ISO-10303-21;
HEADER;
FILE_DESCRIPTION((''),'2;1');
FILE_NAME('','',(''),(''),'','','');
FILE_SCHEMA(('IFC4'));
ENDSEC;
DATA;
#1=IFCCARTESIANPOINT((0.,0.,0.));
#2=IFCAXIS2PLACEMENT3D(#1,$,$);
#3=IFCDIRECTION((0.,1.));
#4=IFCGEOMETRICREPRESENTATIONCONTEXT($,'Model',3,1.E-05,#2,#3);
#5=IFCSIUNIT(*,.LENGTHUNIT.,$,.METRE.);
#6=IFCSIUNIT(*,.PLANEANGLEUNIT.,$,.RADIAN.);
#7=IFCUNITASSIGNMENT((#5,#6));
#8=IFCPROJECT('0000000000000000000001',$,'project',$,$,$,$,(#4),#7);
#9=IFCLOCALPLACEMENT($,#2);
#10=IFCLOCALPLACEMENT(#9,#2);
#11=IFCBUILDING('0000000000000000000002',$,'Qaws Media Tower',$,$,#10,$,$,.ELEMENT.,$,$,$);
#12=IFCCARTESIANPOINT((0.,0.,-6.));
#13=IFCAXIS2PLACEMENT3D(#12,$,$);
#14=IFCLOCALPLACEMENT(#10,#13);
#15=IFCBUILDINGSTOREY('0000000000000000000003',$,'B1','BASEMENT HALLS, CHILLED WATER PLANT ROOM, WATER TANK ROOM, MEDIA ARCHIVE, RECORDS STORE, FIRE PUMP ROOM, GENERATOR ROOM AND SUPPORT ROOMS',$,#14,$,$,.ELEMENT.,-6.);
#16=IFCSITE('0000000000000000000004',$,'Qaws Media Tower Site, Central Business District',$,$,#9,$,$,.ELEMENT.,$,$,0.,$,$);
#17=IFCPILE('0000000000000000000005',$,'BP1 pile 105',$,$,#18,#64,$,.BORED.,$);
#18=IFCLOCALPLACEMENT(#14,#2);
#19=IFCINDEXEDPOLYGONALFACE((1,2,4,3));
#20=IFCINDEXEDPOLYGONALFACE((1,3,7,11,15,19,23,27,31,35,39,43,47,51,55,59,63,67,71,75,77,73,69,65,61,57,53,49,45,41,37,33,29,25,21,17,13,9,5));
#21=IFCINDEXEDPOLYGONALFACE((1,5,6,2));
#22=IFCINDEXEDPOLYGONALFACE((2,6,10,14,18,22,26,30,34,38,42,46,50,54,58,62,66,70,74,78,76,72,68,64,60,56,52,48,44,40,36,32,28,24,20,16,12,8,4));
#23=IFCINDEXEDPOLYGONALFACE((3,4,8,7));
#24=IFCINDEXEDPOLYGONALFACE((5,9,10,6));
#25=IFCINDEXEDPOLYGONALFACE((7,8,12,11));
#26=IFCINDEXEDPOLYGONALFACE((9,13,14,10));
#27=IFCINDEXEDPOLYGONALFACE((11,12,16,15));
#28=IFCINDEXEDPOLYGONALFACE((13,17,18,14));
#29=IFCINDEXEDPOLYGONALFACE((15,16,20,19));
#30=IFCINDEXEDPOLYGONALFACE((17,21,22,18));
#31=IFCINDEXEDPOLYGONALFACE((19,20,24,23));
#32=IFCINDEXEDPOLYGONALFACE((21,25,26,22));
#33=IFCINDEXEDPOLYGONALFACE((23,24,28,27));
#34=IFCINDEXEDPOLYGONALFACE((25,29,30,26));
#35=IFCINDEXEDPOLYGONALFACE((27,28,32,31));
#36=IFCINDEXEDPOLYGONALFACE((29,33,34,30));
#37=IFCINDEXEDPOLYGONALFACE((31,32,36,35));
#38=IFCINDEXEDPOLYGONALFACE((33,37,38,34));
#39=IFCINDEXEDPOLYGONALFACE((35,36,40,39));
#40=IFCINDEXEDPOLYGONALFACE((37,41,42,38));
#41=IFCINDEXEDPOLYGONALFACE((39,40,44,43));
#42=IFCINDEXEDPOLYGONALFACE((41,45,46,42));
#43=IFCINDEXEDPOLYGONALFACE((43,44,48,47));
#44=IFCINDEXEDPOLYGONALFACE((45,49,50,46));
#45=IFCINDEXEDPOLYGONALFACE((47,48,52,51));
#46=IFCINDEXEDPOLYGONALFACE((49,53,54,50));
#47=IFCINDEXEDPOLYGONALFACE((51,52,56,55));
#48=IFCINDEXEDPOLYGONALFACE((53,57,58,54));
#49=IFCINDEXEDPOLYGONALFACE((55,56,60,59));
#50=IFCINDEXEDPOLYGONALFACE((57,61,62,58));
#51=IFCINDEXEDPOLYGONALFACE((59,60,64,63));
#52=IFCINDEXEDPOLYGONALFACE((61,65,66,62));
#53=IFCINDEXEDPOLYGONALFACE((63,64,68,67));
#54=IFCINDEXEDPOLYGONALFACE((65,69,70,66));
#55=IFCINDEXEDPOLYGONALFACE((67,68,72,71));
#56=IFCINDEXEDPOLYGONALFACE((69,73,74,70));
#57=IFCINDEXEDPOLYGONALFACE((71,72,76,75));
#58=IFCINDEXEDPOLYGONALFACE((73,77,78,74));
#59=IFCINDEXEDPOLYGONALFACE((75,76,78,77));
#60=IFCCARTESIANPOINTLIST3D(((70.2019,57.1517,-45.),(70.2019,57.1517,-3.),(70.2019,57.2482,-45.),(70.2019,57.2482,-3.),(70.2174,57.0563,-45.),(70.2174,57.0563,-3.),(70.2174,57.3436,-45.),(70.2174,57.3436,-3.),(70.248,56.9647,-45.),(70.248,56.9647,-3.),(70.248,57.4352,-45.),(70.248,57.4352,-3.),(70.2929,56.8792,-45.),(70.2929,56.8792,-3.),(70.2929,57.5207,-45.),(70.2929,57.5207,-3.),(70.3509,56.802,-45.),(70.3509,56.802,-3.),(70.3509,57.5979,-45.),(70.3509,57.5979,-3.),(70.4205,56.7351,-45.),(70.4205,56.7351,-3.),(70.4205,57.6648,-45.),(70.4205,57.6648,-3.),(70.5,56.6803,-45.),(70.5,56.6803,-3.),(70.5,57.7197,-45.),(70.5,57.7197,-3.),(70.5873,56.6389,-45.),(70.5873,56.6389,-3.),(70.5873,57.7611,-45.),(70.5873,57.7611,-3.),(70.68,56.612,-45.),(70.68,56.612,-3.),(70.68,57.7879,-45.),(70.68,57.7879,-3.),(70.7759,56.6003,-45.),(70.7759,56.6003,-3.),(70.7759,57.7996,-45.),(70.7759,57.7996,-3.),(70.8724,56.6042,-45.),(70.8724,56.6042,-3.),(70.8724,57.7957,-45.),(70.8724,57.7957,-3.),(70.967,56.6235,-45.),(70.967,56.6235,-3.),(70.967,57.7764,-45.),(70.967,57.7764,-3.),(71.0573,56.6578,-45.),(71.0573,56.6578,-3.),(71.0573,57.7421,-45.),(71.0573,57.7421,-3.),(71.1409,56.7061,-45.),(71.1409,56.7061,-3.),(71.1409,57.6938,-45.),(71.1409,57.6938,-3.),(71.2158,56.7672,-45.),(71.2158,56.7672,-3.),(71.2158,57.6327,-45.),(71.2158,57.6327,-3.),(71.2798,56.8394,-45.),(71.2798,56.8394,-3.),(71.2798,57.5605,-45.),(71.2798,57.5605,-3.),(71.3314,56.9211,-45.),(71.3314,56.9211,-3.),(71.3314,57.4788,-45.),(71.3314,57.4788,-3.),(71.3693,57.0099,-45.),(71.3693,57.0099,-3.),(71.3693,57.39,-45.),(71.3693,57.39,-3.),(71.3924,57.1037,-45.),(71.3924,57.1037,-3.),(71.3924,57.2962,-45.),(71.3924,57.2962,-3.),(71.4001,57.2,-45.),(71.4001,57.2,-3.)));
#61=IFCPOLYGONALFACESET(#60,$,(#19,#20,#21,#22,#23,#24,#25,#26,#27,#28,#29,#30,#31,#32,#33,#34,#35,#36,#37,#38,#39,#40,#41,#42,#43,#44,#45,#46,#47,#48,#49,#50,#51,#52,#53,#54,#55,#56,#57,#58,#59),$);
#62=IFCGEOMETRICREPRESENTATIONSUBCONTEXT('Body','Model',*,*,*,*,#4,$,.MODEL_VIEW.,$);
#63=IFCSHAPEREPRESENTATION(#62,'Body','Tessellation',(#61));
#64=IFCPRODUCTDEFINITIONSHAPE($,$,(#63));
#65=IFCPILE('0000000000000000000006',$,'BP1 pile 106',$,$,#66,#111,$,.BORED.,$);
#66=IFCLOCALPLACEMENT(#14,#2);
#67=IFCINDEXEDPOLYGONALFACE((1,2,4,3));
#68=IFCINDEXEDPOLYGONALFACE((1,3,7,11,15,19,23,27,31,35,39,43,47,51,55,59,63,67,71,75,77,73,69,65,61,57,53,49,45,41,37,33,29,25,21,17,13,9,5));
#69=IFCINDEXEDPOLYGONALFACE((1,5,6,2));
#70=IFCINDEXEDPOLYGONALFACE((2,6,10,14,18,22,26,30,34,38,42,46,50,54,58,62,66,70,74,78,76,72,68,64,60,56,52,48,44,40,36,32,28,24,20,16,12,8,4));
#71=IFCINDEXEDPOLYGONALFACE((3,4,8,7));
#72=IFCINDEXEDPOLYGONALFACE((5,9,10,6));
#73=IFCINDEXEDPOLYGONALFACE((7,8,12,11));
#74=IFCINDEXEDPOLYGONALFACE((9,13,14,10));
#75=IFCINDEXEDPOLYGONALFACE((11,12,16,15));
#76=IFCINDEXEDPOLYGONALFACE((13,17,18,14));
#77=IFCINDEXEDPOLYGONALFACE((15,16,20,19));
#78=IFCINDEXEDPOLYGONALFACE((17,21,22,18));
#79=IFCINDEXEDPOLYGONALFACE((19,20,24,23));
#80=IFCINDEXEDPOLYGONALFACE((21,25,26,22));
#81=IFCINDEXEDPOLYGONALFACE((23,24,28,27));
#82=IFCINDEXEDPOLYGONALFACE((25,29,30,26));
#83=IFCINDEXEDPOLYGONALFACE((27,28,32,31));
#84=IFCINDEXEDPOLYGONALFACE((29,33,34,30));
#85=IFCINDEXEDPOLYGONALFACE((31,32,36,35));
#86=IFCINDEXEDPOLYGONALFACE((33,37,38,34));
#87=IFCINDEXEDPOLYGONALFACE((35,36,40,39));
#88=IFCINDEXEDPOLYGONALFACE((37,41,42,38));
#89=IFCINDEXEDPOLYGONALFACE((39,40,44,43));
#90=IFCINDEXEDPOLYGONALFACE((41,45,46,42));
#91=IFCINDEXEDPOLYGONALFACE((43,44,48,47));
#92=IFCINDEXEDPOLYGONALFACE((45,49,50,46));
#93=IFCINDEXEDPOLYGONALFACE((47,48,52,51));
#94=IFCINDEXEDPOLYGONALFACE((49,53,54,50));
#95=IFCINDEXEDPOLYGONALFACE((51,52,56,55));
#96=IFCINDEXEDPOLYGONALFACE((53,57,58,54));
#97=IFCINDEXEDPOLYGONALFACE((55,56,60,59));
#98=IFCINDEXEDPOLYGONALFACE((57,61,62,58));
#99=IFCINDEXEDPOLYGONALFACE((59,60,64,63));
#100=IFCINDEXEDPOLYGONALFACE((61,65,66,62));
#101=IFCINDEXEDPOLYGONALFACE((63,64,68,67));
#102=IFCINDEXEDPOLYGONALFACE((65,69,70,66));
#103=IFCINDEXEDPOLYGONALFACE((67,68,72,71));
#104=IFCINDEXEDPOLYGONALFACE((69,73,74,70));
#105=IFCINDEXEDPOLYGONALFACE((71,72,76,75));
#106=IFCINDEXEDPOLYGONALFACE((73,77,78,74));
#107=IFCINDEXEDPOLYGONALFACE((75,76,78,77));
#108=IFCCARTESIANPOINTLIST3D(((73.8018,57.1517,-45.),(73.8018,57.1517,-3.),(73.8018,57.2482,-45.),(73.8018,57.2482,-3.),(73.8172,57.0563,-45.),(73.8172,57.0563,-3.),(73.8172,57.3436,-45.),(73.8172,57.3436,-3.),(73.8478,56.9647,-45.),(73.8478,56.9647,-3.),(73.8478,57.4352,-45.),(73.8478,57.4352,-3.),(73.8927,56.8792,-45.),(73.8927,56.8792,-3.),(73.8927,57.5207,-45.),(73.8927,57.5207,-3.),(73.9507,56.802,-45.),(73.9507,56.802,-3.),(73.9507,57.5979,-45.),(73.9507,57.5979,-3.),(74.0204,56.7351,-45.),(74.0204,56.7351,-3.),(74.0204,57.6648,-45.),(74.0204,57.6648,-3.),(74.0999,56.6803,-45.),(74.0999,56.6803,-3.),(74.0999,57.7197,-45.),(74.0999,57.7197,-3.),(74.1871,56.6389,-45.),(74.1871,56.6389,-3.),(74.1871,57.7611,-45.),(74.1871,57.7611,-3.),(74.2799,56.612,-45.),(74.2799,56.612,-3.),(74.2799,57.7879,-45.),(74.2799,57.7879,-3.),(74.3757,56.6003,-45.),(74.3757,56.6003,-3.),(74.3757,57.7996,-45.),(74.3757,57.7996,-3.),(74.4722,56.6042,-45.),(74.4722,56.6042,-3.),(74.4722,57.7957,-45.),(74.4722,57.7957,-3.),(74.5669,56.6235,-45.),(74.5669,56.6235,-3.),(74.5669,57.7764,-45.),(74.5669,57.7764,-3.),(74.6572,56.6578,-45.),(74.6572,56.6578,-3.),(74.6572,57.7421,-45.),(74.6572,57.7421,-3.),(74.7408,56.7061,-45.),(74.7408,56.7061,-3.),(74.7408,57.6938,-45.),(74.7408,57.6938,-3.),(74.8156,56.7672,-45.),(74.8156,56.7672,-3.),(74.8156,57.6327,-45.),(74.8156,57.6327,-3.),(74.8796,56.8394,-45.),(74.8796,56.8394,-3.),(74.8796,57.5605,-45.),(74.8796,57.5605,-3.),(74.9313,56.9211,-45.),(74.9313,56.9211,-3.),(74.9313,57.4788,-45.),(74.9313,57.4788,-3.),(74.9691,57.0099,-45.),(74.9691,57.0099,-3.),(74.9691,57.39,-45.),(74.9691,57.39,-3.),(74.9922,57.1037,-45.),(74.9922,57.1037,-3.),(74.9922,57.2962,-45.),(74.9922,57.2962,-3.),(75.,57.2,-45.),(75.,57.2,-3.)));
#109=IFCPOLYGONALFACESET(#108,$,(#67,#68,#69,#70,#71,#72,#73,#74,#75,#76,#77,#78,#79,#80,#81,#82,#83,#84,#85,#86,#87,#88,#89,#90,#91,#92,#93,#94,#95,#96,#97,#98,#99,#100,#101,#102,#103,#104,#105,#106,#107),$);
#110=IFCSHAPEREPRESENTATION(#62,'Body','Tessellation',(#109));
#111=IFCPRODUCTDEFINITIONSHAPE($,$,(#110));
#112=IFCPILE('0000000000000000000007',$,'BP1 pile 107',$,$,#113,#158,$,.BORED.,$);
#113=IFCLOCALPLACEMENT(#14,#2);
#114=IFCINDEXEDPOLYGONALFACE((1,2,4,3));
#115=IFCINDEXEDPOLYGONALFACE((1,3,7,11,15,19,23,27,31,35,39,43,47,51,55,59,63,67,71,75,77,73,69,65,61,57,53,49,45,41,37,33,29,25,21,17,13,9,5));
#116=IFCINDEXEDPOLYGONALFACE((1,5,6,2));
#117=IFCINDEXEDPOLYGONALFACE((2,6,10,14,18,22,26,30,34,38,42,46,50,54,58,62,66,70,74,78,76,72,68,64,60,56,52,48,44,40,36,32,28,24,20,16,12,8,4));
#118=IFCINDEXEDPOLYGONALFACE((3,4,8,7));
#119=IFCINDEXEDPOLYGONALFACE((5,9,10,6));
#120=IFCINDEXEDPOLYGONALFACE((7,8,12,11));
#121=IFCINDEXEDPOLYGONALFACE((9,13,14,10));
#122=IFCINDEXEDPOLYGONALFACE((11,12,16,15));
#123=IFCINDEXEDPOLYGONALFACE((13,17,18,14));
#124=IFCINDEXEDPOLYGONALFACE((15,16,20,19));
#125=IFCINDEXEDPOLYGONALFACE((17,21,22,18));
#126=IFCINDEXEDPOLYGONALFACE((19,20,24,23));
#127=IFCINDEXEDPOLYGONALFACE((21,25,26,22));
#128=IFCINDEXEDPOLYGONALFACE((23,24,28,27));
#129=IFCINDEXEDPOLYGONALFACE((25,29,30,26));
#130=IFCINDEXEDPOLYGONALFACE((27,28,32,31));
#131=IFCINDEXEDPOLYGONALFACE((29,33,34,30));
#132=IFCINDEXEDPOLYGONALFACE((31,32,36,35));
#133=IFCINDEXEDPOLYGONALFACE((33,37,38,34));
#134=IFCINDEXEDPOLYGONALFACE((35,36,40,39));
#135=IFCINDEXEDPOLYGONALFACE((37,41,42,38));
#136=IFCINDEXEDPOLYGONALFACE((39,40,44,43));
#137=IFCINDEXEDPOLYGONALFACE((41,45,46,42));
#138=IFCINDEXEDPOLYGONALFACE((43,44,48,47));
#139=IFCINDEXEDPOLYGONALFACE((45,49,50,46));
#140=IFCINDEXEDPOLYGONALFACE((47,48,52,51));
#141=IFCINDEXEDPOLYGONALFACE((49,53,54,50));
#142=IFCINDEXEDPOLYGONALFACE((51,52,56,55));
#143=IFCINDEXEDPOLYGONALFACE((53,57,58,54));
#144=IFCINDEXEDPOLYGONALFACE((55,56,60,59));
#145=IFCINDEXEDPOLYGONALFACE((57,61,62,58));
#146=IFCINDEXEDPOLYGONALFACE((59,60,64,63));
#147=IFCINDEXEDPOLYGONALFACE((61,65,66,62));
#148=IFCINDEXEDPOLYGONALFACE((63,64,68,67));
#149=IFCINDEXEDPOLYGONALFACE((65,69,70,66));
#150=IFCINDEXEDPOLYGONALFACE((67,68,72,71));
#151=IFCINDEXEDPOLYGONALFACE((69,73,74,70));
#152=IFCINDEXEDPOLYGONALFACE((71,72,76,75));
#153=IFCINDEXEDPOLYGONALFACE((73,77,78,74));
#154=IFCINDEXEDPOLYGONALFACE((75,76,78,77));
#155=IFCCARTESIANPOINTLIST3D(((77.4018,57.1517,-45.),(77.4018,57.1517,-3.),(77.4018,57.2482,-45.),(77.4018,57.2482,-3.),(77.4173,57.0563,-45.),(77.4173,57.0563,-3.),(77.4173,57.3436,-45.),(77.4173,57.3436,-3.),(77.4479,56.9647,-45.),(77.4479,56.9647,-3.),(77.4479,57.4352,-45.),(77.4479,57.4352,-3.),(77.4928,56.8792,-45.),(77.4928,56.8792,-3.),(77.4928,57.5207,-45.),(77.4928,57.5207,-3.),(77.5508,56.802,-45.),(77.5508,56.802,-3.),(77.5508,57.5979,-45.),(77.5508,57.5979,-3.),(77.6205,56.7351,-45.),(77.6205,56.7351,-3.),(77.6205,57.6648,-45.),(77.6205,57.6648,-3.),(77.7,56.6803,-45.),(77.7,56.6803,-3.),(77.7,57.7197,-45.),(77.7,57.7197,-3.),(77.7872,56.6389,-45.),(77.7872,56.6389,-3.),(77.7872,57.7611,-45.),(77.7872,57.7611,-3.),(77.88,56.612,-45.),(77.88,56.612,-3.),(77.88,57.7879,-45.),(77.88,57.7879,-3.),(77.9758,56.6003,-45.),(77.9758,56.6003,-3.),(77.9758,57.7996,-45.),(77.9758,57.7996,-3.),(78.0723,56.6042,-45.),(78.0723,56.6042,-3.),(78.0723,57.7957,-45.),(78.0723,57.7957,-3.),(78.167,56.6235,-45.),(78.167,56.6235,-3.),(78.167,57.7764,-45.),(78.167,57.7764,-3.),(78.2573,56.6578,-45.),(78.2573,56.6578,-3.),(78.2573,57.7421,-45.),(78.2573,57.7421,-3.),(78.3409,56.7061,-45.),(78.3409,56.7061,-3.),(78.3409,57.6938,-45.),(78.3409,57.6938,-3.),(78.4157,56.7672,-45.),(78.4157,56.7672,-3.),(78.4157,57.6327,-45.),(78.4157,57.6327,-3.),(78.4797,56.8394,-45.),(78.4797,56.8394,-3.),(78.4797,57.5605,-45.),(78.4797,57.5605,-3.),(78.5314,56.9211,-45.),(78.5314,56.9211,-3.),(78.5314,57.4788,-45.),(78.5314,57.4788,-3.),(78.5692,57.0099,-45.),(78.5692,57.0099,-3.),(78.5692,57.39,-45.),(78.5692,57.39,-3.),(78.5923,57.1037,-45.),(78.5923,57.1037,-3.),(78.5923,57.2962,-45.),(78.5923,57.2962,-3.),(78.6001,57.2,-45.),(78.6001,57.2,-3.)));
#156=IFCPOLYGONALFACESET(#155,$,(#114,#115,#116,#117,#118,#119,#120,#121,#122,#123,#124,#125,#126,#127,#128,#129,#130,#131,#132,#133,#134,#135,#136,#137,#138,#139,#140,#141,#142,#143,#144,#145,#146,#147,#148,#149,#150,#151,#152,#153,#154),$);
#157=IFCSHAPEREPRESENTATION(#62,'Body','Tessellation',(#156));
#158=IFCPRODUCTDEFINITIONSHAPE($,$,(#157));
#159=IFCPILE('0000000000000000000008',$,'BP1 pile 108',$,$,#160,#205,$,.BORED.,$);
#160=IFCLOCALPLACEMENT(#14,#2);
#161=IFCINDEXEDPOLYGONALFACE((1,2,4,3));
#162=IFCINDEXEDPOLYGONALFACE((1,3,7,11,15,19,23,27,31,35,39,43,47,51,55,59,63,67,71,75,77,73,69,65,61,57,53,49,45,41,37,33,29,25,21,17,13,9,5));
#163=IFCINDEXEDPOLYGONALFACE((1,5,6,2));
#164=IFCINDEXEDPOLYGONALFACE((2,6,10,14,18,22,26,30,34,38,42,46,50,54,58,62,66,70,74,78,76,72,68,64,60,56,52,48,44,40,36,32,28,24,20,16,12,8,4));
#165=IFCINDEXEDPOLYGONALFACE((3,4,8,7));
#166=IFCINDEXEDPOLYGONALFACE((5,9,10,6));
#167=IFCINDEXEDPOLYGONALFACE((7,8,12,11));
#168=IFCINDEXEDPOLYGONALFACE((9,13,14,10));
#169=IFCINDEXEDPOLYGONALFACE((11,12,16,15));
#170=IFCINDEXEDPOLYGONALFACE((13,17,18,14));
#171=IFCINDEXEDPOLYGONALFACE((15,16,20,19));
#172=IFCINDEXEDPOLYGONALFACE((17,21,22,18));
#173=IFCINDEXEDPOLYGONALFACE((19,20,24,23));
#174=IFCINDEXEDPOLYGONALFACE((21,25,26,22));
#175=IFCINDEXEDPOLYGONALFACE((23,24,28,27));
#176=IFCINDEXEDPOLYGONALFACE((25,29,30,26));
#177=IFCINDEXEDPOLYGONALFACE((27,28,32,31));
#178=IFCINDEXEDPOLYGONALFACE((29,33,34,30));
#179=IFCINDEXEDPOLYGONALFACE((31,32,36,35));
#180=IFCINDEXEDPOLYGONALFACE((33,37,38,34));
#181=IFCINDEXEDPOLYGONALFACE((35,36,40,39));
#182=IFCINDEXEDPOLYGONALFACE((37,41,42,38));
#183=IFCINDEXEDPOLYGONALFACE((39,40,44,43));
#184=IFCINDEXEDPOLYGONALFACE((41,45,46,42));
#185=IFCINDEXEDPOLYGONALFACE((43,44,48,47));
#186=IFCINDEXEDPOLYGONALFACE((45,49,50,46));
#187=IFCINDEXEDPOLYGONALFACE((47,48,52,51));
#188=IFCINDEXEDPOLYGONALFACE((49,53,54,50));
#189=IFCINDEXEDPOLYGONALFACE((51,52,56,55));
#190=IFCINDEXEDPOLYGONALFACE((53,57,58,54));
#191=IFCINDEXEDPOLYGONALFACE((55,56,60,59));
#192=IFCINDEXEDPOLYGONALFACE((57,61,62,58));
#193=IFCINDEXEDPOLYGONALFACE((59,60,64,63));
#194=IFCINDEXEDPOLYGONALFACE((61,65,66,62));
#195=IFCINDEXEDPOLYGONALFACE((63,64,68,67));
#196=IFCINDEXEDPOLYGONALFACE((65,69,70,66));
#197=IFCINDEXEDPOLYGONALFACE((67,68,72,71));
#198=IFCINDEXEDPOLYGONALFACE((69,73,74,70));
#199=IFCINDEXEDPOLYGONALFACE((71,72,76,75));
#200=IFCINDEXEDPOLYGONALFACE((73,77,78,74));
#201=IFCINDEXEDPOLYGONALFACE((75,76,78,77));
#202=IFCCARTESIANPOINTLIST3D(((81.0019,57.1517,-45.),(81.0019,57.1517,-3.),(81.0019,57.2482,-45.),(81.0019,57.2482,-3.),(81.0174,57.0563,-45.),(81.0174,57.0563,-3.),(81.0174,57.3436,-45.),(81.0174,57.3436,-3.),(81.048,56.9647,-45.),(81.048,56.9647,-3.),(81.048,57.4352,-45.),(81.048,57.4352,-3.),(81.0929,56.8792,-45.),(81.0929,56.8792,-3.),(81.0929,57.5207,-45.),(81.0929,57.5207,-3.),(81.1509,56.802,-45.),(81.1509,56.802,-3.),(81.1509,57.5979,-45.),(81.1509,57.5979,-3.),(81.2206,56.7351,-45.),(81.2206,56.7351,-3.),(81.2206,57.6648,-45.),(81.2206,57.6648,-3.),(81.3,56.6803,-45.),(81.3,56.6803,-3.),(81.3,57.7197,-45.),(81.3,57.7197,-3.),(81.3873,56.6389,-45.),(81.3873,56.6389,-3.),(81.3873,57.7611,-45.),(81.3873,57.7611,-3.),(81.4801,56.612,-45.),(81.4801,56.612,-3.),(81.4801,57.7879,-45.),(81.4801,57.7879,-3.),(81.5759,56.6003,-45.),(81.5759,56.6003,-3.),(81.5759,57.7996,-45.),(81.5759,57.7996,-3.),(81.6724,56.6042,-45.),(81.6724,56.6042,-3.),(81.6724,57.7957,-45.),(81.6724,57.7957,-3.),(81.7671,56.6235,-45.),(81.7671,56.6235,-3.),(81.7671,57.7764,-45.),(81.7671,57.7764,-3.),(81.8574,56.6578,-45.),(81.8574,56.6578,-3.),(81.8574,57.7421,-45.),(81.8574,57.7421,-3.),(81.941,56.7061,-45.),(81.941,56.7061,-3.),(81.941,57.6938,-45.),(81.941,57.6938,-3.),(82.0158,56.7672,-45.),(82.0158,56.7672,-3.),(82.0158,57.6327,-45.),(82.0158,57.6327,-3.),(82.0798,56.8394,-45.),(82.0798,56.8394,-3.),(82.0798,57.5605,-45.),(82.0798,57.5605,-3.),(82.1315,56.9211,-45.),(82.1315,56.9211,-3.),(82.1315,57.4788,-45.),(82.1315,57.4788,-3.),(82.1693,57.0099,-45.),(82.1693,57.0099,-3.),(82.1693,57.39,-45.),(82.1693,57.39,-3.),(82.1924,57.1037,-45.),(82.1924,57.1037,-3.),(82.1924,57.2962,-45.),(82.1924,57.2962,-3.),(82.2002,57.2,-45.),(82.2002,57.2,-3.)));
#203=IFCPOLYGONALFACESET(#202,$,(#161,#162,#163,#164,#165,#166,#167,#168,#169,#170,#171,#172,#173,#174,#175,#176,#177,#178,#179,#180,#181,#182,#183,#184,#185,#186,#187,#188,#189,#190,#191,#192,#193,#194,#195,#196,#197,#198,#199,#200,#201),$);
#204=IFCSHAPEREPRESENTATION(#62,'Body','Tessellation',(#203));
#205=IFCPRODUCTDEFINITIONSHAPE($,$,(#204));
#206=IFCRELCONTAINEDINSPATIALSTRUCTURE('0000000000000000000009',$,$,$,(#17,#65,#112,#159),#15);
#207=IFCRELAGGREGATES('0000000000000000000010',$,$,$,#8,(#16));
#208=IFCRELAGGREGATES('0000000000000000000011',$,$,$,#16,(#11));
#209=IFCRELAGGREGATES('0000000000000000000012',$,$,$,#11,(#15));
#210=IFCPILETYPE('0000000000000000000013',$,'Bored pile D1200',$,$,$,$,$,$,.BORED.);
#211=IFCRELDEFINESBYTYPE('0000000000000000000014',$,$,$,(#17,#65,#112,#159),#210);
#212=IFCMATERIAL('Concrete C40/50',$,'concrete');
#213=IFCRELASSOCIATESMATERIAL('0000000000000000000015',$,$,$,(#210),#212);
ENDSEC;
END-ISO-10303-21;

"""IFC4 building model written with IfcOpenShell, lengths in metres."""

from ifc_helpers import new_model, si_unit, direction, frame, origin, origin_2d, place, context, subcontext, project, spatial, circle, extrude, material, material_profile, profile_set, type_object, element, save


model = new_model("IFC4")

# Units and contexts
model_context = context("Model", 3, precision=1e-05, world=origin(), true_north=direction((0.0, 1.0)))
body_context = subcontext(model_context, "Body", "Model", "MODEL_VIEW")
ifc_project = project(units=[si_unit("LENGTHUNIT", "METRE"), si_unit("PLANEANGLEUNIT", "RADIAN")], contexts=[model_context])

# Site, building, storey
site_placement = place(None, origin())
site = spatial("IfcSite", under=ifc_project, at=site_placement, Name="Qaws Media Tower Site, Central Business District", CompositionType="ELEMENT", RefElevation=0.0)
building_placement = place(site_placement, origin())
building = spatial("IfcBuilding", under=site, at=building_placement, Name="Qaws Media Tower", CompositionType="ELEMENT")
storey_placement = place(building_placement, frame((0.0, 0.0, -6.0)))
storey = spatial("IfcBuildingStorey", under=building, at=storey_placement, Name="B1", Description="BASEMENT HALLS, CHILLED WATER PLANT ROOM, WATER TANK ROOM, MEDIA ARCHIVE, RECORDS STORE, FIRE PUMP ROOM, GENERATOR ROOM AND SUPPORT ROOMS", CompositionType="ELEMENT", Elevation=-6.0)

# Piles
ifc_material_1 = material(Name="Concrete C40/50", Category="concrete")
ifc_material_profile_1 = material_profile(ifc_material_1, circle(Radius=0.6001, at=origin_2d()), Name="D1200")
ifc_profile_set_1 = profile_set([ifc_material_profile_1], Name="Concrete C40/50")
pile_type = type_object("IfcPileType", Name="Bored pile D1200", PredefinedType="BORED", material=ifc_profile_set_1)
for number, where, z_axis, x_axis, name in (
    (1, (70.8, 57.2, -3.0), (0.0, 0.0, -1.0), (1.0, 0.0, 0.0), "BP1 pile 105"),
    (2, (74.3999, 57.2, -3.0), (0.0, 0.0, -1.0), (1.0, 0.0, 0.0), "BP1 pile 106"),
    (3, (78.0, 57.2, -3.0), (0.0, 0.0, -1.0), (1.0, 0.0, 0.0), "BP1 pile 107"),
    (4, (81.6001, 57.2, -3.0), (0.0, 0.0, -1.0), (1.0, 0.0, 0.0), "BP1 pile 108"),
):
    element("IfcPile", number, at=place(storey_placement, frame(where, z_axis=z_axis, x_axis=x_axis)), inside=storey, type_object=pile_type, Name=name, PredefinedType="BORED", context=body_context, shape_type="SweptSolid", body=[
        extrude(circle(Radius=0.6001, at=origin_2d()), origin(), (0.0, 0.0, 1.0), 42.0),
    ])

save(model, "model.ifc")
